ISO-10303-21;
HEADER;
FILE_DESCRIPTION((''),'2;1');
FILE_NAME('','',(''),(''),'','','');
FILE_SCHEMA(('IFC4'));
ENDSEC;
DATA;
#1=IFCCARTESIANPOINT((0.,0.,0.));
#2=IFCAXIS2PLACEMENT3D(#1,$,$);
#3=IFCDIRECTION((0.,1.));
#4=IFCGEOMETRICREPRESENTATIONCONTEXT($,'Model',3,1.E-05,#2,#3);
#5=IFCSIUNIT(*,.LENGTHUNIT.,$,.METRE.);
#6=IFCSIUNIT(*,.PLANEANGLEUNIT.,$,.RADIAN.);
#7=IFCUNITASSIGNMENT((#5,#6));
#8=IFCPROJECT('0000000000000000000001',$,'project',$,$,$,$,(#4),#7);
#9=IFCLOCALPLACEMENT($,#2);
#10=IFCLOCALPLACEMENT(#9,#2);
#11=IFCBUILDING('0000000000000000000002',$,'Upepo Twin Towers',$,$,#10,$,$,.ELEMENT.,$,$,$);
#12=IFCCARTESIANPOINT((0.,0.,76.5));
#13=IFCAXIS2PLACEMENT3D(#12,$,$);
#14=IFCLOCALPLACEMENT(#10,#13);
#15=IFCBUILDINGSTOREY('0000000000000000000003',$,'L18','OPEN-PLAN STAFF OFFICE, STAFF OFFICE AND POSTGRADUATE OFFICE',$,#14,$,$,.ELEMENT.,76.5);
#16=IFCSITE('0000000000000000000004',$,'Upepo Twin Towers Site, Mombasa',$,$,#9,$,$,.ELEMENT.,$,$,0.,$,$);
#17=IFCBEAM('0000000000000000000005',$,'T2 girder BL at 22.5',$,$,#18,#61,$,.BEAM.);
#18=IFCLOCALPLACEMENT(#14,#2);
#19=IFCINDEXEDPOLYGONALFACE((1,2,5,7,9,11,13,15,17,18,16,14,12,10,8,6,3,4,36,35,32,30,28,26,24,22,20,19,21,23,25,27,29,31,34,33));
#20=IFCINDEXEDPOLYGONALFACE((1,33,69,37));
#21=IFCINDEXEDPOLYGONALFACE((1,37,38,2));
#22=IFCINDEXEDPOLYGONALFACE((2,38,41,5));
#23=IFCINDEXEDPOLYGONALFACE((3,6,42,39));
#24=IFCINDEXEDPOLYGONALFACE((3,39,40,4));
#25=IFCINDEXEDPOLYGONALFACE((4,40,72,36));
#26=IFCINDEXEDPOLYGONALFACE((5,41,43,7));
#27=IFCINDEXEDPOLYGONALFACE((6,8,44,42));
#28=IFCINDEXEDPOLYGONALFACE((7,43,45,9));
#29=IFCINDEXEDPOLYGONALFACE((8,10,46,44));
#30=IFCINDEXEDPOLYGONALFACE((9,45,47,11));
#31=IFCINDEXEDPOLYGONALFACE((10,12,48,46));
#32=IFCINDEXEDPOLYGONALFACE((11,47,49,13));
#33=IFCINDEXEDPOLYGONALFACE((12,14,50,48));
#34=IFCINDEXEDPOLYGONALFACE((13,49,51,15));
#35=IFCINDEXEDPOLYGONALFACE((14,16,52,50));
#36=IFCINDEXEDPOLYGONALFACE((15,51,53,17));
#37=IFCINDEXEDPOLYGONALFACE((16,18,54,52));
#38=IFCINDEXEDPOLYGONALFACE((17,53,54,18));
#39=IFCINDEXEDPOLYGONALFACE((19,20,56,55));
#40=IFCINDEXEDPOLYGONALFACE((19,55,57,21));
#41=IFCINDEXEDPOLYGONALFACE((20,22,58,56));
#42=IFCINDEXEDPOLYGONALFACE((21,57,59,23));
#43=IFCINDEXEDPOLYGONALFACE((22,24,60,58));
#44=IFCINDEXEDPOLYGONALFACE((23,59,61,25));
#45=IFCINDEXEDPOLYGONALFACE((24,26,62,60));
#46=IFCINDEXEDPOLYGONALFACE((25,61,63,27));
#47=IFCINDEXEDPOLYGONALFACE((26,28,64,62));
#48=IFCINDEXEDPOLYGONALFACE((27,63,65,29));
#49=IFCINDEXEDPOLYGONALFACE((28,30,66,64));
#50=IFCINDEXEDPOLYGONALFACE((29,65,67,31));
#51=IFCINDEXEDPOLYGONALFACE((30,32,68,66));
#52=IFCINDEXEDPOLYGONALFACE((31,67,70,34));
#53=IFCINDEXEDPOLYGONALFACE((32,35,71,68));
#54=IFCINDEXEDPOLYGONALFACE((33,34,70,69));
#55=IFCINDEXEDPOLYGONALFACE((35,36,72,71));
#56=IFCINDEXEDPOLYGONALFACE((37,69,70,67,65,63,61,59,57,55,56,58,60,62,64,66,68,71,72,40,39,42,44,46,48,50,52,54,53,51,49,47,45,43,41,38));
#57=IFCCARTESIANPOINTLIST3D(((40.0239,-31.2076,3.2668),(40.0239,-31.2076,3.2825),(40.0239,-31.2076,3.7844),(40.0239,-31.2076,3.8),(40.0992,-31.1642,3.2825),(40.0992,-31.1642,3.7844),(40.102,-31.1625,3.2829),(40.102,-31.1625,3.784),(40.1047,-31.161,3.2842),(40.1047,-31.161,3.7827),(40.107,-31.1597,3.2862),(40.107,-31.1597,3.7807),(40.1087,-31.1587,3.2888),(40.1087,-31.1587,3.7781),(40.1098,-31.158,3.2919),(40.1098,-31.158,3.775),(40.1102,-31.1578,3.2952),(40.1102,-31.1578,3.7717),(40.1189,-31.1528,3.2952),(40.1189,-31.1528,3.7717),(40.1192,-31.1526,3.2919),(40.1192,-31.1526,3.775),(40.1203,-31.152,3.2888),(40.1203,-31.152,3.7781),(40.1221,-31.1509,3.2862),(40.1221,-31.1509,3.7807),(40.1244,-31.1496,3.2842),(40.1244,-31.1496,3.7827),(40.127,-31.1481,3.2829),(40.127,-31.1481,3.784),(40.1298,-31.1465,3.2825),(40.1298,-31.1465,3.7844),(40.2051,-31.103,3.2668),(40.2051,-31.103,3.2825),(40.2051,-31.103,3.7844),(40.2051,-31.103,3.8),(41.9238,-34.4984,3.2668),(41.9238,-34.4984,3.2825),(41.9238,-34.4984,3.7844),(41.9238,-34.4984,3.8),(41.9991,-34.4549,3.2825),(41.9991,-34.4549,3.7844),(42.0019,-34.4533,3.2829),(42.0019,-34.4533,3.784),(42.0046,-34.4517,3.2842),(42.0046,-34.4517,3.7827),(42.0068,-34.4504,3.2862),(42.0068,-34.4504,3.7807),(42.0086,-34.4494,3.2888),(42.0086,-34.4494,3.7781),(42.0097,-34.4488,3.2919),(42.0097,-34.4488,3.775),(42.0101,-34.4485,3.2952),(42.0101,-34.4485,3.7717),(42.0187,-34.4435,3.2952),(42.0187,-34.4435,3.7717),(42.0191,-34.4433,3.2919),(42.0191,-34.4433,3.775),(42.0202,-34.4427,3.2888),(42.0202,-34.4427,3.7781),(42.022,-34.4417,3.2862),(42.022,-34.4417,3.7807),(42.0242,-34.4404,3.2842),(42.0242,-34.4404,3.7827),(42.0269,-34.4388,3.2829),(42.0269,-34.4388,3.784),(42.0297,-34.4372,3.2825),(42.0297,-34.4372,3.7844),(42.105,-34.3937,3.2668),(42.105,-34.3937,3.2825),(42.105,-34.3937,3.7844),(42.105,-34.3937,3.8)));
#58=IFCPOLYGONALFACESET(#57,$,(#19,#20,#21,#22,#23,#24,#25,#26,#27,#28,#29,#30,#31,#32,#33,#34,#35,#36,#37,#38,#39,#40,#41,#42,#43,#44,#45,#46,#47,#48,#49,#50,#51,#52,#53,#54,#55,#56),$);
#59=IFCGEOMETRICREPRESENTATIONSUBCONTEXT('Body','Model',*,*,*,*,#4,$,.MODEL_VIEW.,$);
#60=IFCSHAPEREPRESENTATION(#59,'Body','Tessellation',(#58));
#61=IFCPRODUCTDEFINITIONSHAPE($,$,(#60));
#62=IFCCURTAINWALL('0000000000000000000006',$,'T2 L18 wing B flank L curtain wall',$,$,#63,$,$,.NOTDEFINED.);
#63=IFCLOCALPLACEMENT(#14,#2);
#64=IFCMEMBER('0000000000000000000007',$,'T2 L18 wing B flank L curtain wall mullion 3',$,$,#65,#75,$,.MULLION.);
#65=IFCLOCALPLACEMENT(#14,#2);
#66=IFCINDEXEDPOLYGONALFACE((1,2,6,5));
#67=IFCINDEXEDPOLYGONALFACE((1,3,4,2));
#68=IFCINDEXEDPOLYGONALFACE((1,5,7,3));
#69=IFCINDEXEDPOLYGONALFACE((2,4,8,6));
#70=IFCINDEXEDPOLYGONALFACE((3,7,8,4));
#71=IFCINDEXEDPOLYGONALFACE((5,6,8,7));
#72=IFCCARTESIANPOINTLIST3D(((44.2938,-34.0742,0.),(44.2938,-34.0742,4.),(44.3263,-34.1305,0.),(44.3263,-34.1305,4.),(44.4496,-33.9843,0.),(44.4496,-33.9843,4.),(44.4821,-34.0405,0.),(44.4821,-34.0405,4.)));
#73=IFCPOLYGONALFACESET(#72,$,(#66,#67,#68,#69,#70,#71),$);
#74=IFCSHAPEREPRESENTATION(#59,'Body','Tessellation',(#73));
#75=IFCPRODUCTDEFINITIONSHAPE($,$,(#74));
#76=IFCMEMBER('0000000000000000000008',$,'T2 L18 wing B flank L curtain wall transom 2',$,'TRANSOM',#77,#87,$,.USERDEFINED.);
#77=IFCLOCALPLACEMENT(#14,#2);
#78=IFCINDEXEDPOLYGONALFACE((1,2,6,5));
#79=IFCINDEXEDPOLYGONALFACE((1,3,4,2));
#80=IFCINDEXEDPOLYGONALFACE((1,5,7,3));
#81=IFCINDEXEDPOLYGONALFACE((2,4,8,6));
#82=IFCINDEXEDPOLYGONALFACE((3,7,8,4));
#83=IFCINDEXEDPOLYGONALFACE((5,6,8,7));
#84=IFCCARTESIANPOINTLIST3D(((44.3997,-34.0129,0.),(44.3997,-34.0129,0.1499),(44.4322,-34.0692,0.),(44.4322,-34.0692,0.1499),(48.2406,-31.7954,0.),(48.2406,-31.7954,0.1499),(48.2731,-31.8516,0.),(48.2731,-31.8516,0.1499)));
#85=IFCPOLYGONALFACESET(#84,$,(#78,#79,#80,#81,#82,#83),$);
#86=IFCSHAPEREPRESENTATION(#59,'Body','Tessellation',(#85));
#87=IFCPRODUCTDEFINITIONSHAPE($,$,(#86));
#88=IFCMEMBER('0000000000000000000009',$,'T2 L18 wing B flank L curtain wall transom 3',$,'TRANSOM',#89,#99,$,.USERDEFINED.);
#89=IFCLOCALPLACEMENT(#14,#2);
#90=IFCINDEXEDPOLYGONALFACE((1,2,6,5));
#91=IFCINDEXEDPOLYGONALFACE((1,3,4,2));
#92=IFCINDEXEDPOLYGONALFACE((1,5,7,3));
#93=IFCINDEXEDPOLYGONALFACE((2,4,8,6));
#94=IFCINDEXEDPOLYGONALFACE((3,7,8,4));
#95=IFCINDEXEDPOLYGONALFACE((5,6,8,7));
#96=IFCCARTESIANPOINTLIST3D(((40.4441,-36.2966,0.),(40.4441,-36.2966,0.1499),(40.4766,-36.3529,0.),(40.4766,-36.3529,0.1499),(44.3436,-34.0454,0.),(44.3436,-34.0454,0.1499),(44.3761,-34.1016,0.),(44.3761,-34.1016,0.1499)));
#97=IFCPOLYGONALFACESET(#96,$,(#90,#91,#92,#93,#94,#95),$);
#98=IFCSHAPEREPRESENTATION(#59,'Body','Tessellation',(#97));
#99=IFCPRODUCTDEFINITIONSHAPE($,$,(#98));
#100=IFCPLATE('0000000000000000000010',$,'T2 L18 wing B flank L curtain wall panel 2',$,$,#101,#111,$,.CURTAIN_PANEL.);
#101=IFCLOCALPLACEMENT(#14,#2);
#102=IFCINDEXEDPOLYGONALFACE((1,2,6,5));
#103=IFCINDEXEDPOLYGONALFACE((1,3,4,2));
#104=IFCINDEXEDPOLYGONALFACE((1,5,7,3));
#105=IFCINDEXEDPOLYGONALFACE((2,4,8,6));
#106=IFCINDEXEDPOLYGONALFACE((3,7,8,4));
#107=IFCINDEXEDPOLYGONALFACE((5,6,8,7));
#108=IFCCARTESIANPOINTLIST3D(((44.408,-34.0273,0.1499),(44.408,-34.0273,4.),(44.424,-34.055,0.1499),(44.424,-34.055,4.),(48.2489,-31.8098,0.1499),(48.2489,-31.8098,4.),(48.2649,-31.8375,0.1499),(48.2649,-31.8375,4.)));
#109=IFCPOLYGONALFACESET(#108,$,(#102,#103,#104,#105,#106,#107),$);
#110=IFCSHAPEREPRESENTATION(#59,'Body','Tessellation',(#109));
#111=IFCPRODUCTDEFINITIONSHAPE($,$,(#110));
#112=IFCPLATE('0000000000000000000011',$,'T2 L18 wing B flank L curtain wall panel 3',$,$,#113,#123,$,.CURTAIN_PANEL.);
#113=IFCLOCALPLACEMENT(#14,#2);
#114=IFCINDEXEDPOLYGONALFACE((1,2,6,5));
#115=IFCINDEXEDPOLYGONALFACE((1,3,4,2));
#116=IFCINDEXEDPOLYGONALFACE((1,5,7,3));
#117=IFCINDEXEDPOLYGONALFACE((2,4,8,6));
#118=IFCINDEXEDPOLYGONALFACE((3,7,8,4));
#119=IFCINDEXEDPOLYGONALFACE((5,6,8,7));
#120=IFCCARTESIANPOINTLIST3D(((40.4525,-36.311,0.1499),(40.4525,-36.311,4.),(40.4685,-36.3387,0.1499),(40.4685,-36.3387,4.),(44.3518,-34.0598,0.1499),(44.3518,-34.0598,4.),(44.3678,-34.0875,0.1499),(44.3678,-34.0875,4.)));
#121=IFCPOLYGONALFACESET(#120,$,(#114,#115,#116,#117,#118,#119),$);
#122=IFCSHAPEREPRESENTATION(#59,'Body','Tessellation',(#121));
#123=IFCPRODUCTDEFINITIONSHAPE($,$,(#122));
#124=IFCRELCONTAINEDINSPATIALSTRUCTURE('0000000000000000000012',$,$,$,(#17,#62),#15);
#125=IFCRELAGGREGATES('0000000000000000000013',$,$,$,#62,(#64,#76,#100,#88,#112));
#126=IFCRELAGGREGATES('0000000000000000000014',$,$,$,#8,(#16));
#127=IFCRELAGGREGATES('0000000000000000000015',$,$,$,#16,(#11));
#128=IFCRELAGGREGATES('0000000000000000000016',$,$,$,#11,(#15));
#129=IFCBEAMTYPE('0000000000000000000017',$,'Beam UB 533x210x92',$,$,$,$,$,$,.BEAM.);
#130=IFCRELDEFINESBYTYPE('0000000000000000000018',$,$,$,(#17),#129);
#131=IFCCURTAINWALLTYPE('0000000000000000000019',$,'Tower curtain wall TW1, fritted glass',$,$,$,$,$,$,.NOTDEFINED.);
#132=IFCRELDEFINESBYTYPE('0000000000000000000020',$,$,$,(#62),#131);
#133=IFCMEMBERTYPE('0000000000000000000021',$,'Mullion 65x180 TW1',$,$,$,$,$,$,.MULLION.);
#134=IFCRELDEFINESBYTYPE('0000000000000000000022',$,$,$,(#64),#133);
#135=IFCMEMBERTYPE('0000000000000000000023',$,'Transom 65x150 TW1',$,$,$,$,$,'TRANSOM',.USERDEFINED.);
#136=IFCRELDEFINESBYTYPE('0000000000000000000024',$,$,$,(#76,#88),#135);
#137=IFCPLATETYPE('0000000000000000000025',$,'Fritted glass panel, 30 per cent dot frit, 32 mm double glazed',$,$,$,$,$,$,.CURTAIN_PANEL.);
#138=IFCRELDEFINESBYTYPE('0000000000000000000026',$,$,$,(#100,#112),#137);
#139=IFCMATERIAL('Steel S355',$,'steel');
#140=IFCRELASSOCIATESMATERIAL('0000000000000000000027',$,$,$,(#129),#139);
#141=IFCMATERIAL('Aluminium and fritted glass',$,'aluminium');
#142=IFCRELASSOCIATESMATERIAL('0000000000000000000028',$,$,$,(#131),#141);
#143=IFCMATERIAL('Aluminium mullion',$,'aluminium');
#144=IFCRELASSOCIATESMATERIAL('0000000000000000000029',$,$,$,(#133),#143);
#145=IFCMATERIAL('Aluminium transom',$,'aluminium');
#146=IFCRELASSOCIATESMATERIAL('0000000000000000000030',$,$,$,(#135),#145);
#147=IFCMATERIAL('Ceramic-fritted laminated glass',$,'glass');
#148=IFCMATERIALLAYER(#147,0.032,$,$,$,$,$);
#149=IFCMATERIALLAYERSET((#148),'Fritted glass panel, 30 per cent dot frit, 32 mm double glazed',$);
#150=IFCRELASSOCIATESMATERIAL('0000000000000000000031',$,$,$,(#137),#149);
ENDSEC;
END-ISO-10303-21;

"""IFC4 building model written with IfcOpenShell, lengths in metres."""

from ifc_helpers import new_model, si_unit, direction, frame, origin, origin_2d, place, context, subcontext, project, spatial, rectangle, i_section, extrude, material, layer, layer_set, material_profile, profile_set, type_object, element, aggregate, save


model = new_model("IFC4")

# Units and contexts
model_context = context("Model", 3, precision=1e-05, world=origin(), true_north=direction((0.0, 1.0)))
body_context = subcontext(model_context, "Body", "Model", "MODEL_VIEW")
ifc_project = project(units=[si_unit("LENGTHUNIT", "METRE"), si_unit("PLANEANGLEUNIT", "RADIAN")], contexts=[model_context])

# Site, building, storey
site_placement = place(None, origin())
site = spatial("IfcSite", under=ifc_project, at=site_placement, Name="Upepo Twin Towers Site, Mombasa", CompositionType="ELEMENT", RefElevation=0.0)
building_placement = place(site_placement, origin())
building = spatial("IfcBuilding", under=site, at=building_placement, Name="Upepo Twin Towers", CompositionType="ELEMENT")
storey_placement = place(building_placement, frame((0.0, 0.0, 76.5)))
storey = spatial("IfcBuildingStorey", under=building, at=storey_placement, Name="L18", Description="OPEN-PLAN STAFF OFFICE, STAFF OFFICE AND POSTGRADUATE OFFICE", CompositionType="ELEMENT", Elevation=76.5)

# Beam
ifc_material_1 = material(Name="Steel S355", Category="steel")
ifc_material_profile_1 = material_profile(ifc_material_1, i_section(OverallWidth=0.2092, OverallDepth=0.5332, WebThickness=0.01, FlangeThickness=0.0156, FilletRadius=0.0127, at=origin_2d()), Name="UB 533x210x92")
ifc_profile_set_1 = profile_set([ifc_material_profile_1], Name="Steel S355")
beam_type_1 = type_object("IfcBeamType", Name="Beam UB 533x210x92", PredefinedType="BEAM", material=ifc_profile_set_1)
beam_1_placement = place(storey_placement, frame((42.0144, -34.446, 3.5334), z_axis=(-0.499995, 0.866028, 0.0), x_axis=(-0.866028, -0.499995, 0.0)))
element("IfcBeam", 1, at=beam_1_placement, inside=storey, type_object=beam_type_1, Name="T2 girder BL at 22.5", PredefinedType="BEAM", context=body_context, shape_type="SweptSolid", body=[
    extrude(i_section(OverallWidth=0.2092, OverallDepth=0.5332, WebThickness=0.01, FlangeThickness=0.0156, FilletRadius=0.0127, at=origin_2d()), origin(), (0.0, 0.0, 1.0), 3.7998),
])

# Curtain wall, members, plates
ifc_material_2 = material(Name="Aluminium and fritted glass", Category="aluminium")
curtain_wall_type = type_object("IfcCurtainWallType", Name="Tower curtain wall TW1, fritted glass", PredefinedType="NOTDEFINED", material=ifc_material_2)
curtain_wall_placement = place(storey_placement, origin())
curtain_wall = element("IfcCurtainWall", 2, at=curtain_wall_placement, inside=storey, type_object=curtain_wall_type, Name="T2 L18 wing B flank L curtain wall", PredefinedType="NOTDEFINED")
ifc_material_3 = material(Name="Aluminium mullion", Category="aluminium")
ifc_material_profile_2 = material_profile(ifc_material_3, rectangle(XDim=0.0649, YDim=0.1799, at=origin_2d()), Name="MULLION 65x180")
ifc_profile_set_2 = profile_set([ifc_material_profile_2], Name="Aluminium mullion")
member_type_1 = type_object("IfcMemberType", Name="Mullion 65x180 TW1", PredefinedType="MULLION", material=ifc_profile_set_2)
member_1_placement = place(storey_placement, frame((44.3879, -34.0574, 0.0), z_axis=(0.0, 0.0, 1.0), x_axis=(0.5, -0.866025, 0.0)))
member_1 = element("IfcMember", 3, at=member_1_placement, type_object=member_type_1, Name="T2 L18 wing B flank L curtain wall mullion 3", PredefinedType="MULLION", context=body_context, shape_type="SweptSolid", body=[
    extrude(rectangle(XDim=0.0649, YDim=0.1799, at=origin_2d()), origin(), (0.0, 0.0, 1.0), 4.0),
])
ifc_material_4 = material(Name="Aluminium transom", Category="aluminium")
ifc_material_profile_3 = material_profile(ifc_material_4, rectangle(XDim=0.0649, YDim=0.1499, at=origin_2d()), Name="TRANSOM 65x150")
ifc_profile_set_3 = profile_set([ifc_material_profile_3], Name="Aluminium transom")
member_type_2 = type_object("IfcMemberType", Name="Transom 65x150 TW1", ElementType="TRANSOM", PredefinedType="USERDEFINED", material=ifc_profile_set_3)
member_2_placement = place(storey_placement, frame((48.2568, -31.8235, 0.075), z_axis=(-0.866022, -0.500005, 0.0), x_axis=(0.500005, -0.866022, 0.0)))
member_2 = element("IfcMember", 4, at=member_2_placement, type_object=member_type_2, Name="T2 L18 wing B flank L curtain wall transom 2", ObjectType="TRANSOM", PredefinedType="USERDEFINED", context=body_context, shape_type="SweptSolid", body=[
    extrude(rectangle(XDim=0.0649, YDim=0.1499, at=origin_2d()), origin(), (0.0, 0.0, 1.0), 4.4351),
])
member_3_placement = place(storey_placement, frame((44.3599, -34.0735, 0.075), z_axis=(-0.866036, -0.499982, 0.0), x_axis=(0.499982, -0.866036, 0.0)))
member_3 = element("IfcMember", 5, at=member_3_placement, type_object=member_type_2, Name="T2 L18 wing B flank L curtain wall transom 3", ObjectType="TRANSOM", PredefinedType="USERDEFINED", context=body_context, shape_type="SweptSolid", body=[
    extrude(rectangle(XDim=0.0649, YDim=0.1499, at=origin_2d()), origin(), (0.0, 0.0, 1.0), 4.5027),
])
ifc_material_5 = material(Name="Ceramic-fritted laminated glass", Category="glass")
ifc_layer_1 = layer(ifc_material_5, 0.032)
ifc_layer_set_1 = layer_set([ifc_layer_1], Name="Fritted glass panel, 30 per cent dot frit, 32 mm double glazed")
plate_type = type_object("IfcPlateType", Name="Fritted glass panel, 30 per cent dot frit, 32 mm double glazed", PredefinedType="CURTAIN_PANEL", material=ifc_layer_set_1)
plate_1_placement = place(storey_placement, frame((46.3364, -32.9324, 0.1499), z_axis=(0.0, 0.0, 1.0), x_axis=(-0.866025, -0.5, 0.0)))
plate_1 = element("IfcPlate", 6, at=plate_1_placement, type_object=plate_type, Name="T2 L18 wing B flank L curtain wall panel 2", PredefinedType="CURTAIN_PANEL", context=body_context, shape_type="SweptSolid", body=[
    extrude(rectangle(XDim=4.4351, YDim=0.032, at=origin_2d()), origin(), (0.0, 0.0, 1.0), 3.8501),
])
plate_2_placement = place(storey_placement, frame((42.4102, -35.1992, 0.1499), z_axis=(0.0, 0.0, 1.0), x_axis=(-0.866025, -0.5, 0.0)))
plate_2 = element("IfcPlate", 7, at=plate_2_placement, type_object=plate_type, Name="T2 L18 wing B flank L curtain wall panel 3", PredefinedType="CURTAIN_PANEL", context=body_context, shape_type="SweptSolid", body=[
    extrude(rectangle(XDim=4.5024, YDim=0.032, at=origin_2d()), origin(), (0.0, 0.0, 1.0), 3.8501),
])
aggregate(curtain_wall, [member_1, member_2, plate_1, member_3, plate_2])

save(model, "model.ifc")
